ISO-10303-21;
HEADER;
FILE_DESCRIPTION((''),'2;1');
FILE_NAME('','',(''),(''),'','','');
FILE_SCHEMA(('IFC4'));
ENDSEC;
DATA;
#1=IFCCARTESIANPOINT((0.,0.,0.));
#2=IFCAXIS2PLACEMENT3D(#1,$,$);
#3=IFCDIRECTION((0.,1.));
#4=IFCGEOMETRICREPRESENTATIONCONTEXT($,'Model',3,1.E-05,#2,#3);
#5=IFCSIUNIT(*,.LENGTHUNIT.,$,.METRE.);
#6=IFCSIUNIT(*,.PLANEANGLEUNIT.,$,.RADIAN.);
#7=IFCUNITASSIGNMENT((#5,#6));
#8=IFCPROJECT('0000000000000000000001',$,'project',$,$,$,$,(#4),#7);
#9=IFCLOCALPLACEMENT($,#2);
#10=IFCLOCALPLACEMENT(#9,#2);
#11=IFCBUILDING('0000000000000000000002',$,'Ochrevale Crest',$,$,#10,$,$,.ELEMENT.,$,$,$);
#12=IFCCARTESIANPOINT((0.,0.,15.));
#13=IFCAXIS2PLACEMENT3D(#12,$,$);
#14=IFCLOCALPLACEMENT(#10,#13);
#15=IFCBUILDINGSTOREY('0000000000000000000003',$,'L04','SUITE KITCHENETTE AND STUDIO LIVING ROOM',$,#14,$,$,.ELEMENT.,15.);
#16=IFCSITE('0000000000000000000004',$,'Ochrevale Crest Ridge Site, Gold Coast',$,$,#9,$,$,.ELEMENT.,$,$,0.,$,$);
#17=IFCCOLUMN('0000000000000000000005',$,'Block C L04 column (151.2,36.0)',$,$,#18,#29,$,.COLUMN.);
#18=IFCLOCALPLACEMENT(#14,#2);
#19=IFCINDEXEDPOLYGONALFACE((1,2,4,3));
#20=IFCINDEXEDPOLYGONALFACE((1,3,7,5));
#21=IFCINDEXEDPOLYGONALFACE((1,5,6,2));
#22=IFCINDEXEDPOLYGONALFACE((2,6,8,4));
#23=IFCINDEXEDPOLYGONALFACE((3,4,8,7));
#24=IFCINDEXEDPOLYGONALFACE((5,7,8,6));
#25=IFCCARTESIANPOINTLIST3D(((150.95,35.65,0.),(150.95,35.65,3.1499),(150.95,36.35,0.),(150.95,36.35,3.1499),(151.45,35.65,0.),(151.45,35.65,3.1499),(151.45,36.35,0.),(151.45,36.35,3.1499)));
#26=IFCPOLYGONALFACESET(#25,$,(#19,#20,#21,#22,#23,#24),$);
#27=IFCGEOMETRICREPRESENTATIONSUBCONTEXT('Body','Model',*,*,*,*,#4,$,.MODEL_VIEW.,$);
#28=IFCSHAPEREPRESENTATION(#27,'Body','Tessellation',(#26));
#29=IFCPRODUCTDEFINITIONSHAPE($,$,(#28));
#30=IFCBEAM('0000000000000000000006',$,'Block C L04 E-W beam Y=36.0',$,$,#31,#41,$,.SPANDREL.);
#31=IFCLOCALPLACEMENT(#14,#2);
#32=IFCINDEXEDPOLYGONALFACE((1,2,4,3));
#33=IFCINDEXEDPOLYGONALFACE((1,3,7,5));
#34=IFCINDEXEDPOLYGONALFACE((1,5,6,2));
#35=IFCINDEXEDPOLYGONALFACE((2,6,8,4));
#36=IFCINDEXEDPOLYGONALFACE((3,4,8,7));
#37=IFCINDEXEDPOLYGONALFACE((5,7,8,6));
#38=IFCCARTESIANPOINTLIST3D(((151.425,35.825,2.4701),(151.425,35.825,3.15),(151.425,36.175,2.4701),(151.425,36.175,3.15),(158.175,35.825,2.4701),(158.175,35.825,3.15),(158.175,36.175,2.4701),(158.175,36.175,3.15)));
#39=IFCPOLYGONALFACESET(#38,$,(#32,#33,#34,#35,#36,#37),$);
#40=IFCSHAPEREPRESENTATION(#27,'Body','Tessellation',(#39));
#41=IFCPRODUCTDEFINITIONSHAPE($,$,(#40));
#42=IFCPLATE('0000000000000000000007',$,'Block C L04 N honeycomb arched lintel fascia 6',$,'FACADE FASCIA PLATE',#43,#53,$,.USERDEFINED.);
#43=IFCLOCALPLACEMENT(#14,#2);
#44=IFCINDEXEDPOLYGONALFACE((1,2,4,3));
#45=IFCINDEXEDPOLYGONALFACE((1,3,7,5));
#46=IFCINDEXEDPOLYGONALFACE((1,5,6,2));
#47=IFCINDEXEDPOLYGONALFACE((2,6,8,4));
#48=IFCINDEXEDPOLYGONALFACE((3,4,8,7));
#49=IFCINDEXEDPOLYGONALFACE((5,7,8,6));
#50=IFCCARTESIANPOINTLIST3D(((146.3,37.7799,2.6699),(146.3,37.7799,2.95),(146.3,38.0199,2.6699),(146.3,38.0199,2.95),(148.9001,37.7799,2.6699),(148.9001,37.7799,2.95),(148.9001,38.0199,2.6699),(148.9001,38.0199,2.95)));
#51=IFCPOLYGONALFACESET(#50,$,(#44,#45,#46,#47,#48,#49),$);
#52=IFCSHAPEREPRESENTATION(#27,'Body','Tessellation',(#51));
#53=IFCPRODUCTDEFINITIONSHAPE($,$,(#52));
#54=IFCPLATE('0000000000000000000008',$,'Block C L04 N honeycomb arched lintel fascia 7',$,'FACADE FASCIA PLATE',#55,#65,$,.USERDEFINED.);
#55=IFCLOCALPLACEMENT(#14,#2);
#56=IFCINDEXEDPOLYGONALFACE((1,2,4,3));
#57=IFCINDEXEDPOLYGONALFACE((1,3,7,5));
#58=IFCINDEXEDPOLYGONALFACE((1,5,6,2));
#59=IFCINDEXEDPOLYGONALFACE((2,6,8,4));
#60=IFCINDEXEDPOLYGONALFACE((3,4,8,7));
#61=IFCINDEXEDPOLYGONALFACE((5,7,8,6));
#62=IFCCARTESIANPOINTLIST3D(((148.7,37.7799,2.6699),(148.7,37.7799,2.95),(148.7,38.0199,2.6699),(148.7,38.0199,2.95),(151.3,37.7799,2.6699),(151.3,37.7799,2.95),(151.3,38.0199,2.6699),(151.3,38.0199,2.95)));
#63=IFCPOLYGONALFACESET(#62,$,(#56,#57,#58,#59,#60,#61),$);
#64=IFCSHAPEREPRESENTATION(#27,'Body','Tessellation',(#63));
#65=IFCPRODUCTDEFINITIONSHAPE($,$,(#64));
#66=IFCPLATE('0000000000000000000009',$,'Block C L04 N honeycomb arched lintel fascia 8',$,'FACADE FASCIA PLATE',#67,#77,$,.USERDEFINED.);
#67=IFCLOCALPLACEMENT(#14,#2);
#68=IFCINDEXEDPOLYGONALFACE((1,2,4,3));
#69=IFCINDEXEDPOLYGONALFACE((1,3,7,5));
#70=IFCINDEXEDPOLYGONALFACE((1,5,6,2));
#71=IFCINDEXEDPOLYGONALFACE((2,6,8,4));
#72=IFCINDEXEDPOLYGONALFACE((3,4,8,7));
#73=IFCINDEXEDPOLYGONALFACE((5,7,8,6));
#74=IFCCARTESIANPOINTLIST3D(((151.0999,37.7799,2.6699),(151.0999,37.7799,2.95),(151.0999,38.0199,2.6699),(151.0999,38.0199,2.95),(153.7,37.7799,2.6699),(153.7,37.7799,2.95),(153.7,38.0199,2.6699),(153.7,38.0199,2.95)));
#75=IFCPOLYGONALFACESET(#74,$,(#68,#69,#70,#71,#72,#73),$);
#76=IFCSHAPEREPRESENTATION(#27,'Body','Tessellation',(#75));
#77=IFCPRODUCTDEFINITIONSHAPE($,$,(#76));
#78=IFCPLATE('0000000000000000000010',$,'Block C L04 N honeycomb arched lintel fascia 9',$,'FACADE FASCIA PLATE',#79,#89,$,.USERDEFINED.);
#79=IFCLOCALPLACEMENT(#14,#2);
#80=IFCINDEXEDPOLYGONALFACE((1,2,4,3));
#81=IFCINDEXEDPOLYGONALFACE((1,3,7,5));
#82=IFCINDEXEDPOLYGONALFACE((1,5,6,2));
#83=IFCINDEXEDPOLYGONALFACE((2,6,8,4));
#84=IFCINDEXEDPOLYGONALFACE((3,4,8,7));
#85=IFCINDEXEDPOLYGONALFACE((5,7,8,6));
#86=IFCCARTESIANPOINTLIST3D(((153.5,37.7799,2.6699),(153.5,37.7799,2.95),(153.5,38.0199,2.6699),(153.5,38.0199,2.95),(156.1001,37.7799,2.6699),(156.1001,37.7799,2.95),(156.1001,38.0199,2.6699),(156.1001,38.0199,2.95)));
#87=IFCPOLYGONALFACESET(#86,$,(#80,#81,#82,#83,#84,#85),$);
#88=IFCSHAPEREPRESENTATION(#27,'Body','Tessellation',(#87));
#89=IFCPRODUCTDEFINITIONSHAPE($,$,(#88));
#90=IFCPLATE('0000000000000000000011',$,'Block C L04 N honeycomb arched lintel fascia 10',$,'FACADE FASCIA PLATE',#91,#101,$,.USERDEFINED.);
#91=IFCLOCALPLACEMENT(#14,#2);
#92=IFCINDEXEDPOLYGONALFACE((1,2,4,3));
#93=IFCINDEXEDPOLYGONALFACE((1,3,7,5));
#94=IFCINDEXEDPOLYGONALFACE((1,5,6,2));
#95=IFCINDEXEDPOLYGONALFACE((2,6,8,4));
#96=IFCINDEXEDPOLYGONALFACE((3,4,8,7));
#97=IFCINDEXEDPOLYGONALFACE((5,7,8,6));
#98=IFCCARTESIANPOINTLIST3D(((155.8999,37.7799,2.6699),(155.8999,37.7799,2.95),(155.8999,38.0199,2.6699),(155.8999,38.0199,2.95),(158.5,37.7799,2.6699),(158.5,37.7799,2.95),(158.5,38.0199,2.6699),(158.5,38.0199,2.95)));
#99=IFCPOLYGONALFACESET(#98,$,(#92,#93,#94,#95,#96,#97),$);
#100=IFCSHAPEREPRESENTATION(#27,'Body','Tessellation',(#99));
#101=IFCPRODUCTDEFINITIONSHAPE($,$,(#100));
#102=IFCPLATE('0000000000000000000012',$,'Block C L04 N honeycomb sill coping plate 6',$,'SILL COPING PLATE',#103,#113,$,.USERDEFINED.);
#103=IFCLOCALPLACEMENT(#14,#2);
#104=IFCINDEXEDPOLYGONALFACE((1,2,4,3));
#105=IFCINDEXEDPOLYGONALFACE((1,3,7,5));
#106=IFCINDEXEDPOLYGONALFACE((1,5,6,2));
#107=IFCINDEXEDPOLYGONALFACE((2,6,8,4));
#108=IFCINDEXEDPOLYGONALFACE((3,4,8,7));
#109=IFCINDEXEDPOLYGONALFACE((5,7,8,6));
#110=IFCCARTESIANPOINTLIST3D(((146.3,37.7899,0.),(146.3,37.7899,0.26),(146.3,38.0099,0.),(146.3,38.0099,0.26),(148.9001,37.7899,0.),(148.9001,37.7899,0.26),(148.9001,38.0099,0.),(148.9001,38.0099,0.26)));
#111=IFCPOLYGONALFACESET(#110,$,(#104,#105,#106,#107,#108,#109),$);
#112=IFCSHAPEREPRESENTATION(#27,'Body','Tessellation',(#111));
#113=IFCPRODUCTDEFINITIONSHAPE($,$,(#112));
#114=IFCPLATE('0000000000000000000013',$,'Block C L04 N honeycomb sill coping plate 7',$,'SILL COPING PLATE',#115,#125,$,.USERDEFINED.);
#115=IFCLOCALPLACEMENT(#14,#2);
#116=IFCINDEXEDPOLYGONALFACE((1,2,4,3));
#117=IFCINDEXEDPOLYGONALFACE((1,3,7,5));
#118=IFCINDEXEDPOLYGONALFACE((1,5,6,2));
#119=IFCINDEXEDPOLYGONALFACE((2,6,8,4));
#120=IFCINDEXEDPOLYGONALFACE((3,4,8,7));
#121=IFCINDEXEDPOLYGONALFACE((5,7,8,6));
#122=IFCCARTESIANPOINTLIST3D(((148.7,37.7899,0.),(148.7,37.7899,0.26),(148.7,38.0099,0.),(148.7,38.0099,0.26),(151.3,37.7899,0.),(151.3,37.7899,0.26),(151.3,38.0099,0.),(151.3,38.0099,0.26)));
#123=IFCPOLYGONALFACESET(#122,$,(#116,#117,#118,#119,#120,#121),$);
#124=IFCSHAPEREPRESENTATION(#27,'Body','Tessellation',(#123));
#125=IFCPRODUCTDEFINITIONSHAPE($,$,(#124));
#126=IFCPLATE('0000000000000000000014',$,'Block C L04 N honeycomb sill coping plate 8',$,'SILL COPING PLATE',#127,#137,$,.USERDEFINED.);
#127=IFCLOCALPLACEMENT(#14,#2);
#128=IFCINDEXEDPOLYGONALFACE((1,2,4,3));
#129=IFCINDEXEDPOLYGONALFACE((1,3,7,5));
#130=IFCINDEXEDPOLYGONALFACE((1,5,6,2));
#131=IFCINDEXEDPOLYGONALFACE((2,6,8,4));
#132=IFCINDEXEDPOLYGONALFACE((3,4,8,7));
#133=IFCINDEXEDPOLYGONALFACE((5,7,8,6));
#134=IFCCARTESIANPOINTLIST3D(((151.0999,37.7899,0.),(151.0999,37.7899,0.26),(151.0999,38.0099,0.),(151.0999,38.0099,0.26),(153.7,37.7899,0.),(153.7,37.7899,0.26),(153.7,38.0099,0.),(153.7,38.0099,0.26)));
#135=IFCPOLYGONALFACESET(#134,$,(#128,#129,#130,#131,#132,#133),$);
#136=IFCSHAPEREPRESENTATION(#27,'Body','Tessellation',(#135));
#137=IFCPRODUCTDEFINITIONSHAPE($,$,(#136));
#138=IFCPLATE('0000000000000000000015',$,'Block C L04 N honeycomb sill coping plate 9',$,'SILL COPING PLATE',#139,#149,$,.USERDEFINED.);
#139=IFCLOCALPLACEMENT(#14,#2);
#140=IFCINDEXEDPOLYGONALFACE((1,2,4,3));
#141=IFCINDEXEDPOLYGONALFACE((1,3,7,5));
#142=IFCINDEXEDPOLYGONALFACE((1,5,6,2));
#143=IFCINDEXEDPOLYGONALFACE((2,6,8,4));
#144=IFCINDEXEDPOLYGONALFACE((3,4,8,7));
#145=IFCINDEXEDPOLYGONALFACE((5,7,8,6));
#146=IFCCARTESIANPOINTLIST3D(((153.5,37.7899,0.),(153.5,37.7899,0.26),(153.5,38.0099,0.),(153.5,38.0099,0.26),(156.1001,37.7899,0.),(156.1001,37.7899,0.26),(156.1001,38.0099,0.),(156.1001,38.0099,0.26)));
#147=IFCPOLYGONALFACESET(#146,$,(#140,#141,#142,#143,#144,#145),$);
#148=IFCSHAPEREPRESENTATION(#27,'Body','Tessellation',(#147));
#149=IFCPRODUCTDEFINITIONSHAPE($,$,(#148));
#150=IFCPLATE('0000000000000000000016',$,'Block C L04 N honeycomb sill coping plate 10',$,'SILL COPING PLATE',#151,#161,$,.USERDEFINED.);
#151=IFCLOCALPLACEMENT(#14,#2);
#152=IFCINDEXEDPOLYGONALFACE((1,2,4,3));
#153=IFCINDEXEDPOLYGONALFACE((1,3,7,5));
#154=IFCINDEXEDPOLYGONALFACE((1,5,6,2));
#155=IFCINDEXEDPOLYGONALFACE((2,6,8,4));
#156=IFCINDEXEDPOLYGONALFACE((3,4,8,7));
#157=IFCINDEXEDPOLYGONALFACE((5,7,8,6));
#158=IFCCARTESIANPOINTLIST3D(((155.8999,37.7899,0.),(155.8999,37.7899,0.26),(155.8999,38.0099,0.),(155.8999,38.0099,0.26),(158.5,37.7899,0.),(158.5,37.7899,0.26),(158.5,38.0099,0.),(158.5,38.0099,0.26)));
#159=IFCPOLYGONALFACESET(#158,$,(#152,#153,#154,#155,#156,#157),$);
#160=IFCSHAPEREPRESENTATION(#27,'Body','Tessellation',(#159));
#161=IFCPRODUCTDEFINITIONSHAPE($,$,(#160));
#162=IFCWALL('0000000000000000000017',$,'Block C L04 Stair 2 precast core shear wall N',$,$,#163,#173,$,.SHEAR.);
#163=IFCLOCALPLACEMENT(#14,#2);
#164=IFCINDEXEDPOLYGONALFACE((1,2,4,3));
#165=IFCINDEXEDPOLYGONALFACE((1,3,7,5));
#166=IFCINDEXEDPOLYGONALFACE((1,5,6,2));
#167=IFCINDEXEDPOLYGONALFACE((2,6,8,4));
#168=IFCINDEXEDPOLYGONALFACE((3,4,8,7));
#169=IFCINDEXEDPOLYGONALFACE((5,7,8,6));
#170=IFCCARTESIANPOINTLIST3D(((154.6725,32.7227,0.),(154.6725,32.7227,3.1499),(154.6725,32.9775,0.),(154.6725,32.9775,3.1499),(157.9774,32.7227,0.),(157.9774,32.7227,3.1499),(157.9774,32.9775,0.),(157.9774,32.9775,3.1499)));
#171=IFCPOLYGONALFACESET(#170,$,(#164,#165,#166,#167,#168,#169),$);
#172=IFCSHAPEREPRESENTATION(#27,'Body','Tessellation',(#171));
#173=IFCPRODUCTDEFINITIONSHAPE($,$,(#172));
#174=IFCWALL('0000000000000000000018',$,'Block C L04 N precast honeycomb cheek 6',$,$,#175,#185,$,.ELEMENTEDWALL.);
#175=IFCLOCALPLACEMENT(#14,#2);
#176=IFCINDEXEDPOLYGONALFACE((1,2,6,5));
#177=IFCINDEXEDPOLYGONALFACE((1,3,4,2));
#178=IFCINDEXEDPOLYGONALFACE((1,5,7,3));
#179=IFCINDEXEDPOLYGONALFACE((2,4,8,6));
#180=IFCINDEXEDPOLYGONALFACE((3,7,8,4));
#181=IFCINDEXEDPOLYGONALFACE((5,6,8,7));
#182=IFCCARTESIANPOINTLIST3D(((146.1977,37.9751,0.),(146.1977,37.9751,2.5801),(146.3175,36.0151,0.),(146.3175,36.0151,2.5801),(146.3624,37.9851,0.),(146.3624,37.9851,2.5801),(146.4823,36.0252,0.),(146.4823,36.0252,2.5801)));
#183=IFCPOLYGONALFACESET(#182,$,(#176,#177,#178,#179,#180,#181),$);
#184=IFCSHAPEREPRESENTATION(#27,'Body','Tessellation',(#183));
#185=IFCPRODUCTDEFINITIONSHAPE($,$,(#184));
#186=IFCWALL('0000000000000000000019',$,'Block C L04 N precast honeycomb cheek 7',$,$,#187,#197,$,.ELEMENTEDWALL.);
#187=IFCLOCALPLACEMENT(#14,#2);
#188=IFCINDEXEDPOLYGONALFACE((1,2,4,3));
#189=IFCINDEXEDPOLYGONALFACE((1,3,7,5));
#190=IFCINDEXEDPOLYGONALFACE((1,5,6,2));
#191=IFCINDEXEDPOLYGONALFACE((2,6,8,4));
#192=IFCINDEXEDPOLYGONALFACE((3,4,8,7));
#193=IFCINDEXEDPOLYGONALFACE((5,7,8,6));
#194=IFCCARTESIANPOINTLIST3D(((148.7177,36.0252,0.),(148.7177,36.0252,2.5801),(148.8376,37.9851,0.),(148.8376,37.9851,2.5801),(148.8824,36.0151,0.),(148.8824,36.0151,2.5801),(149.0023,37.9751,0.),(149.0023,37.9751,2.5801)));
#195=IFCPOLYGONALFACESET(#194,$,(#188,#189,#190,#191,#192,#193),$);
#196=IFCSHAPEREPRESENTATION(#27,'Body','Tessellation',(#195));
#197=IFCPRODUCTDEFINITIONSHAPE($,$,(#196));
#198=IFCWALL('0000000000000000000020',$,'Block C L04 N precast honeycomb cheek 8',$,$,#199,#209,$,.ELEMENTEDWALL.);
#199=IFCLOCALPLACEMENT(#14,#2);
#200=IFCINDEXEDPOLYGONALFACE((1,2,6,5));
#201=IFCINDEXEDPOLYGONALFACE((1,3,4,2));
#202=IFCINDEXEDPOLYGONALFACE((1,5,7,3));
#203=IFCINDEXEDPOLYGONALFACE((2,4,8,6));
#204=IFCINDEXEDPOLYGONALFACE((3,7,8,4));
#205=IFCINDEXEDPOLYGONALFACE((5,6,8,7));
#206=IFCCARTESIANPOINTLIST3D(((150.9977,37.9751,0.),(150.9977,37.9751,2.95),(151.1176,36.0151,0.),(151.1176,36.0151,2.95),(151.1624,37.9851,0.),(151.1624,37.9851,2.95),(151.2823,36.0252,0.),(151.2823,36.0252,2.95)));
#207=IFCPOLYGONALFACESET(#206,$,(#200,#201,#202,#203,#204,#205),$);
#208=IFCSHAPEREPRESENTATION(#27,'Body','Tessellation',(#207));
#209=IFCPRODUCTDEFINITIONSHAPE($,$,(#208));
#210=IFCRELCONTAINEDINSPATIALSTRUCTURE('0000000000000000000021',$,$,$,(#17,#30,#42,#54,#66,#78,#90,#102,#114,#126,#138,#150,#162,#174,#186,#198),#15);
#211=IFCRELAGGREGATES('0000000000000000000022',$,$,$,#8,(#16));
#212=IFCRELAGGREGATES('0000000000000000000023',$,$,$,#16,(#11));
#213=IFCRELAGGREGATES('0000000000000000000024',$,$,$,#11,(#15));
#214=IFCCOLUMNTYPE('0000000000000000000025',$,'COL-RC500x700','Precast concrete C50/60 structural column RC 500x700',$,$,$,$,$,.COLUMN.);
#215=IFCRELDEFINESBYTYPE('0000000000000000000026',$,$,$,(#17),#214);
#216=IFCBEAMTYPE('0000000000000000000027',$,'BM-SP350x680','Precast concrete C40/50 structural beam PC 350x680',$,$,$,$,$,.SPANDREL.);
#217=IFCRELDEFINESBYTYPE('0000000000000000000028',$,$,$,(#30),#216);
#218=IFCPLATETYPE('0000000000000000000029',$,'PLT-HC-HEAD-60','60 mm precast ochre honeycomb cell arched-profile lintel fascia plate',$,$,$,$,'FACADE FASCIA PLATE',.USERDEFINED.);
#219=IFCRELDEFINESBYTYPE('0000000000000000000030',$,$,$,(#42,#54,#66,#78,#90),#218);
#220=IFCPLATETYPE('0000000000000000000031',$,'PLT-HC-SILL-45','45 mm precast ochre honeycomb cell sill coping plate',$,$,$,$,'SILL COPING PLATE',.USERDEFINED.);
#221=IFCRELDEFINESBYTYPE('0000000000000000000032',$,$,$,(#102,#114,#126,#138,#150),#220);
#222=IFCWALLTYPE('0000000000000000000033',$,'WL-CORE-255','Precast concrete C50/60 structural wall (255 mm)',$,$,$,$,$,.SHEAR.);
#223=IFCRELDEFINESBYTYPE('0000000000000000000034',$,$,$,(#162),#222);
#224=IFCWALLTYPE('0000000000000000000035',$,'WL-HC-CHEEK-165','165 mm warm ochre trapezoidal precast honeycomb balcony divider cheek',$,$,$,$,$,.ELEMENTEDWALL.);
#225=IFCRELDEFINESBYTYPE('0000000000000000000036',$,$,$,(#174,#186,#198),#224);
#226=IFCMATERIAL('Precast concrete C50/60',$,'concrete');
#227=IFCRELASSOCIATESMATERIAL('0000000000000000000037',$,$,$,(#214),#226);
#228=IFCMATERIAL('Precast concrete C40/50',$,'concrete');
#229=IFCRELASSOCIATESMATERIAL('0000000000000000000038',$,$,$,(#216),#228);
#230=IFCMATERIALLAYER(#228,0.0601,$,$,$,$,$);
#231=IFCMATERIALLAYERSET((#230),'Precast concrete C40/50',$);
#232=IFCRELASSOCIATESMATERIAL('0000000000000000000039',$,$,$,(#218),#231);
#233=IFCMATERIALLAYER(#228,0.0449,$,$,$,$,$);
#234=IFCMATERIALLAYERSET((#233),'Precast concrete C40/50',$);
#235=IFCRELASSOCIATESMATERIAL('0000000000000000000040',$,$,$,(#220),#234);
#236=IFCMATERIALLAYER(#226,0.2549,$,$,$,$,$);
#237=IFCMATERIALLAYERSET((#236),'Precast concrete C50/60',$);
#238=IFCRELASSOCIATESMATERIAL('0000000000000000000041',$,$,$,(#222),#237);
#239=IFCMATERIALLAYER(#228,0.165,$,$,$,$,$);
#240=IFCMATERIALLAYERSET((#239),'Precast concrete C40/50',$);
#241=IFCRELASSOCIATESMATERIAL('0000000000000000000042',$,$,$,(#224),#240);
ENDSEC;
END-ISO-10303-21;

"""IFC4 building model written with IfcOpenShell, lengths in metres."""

from ifc_helpers import new_model, si_unit, direction, frame, frame_2d, origin, origin_2d, place, context, subcontext, project, spatial, rectangle, extrude, material, layer, layer_set, material_profile, profile_set, type_object, element, save


model = new_model("IFC4")

# Units and contexts
model_context = context("Model", 3, precision=1e-05, world=origin(), true_north=direction((0.0, 1.0)))
body_context = subcontext(model_context, "Body", "Model", "MODEL_VIEW")
ifc_project = project(units=[si_unit("LENGTHUNIT", "METRE"), si_unit("PLANEANGLEUNIT", "RADIAN")], contexts=[model_context])

# Site, building, storey
site_placement = place(None, origin())
site = spatial("IfcSite", under=ifc_project, at=site_placement, Name="Ochrevale Crest Ridge Site, Gold Coast", CompositionType="ELEMENT", RefElevation=0.0)
building_placement = place(site_placement, origin())
building = spatial("IfcBuilding", under=site, at=building_placement, Name="Ochrevale Crest", CompositionType="ELEMENT")
storey_placement = place(building_placement, frame((0.0, 0.0, 15.0)))
storey = spatial("IfcBuildingStorey", under=building, at=storey_placement, Name="L04", Description="SUITE KITCHENETTE AND STUDIO LIVING ROOM", CompositionType="ELEMENT", Elevation=15.0)

# Column
ifc_material_1 = material(Name="Precast concrete C50/60", Category="concrete")
ifc_material_profile_1 = material_profile(ifc_material_1, rectangle(XDim=0.5, YDim=0.7, at=origin_2d()), Name="RC 500x700")
ifc_profile_set_1 = profile_set([ifc_material_profile_1], Name="Precast concrete C50/60")
column_type = type_object("IfcColumnType", Name="COL-RC500x700", Description="Precast concrete C50/60 structural column RC 500x700", PredefinedType="COLUMN", material=ifc_profile_set_1)
column_placement = place(storey_placement, frame((151.2, 36.0, 0.0), z_axis=(0.0, 0.0, 1.0), x_axis=(1.0, 0.0, 0.0)))
element("IfcColumn", 1, at=column_placement, inside=storey, type_object=column_type, Name="Block C L04 column (151.2,36.0)", PredefinedType="COLUMN", context=body_context, shape_type="SweptSolid", body=[
    extrude(rectangle(XDim=0.5, YDim=0.7, at=origin_2d()), origin(), (0.0, 0.0, 1.0), 3.1499),
])

# Beam
ifc_material_2 = material(Name="Precast concrete C40/50", Category="concrete")
ifc_material_profile_2 = material_profile(ifc_material_2, rectangle(XDim=0.3501, YDim=0.6799, at=origin_2d()), Name="PC 350x680")
ifc_profile_set_2 = profile_set([ifc_material_profile_2], Name="Precast concrete C40/50")
beam_type = type_object("IfcBeamType", Name="BM-SP350x680", Description="Precast concrete C40/50 structural beam PC 350x680", PredefinedType="SPANDREL", material=ifc_profile_set_2)
beam_placement = place(storey_placement, frame((151.425, 36.0, 2.8101), z_axis=(1.0, 0.0, 0.0), x_axis=(0.0, 1.0, 0.0)))
element("IfcBeam", 2, at=beam_placement, inside=storey, type_object=beam_type, Name="Block C L04 E-W beam Y=36.0", PredefinedType="SPANDREL", context=body_context, shape_type="SweptSolid", body=[
    extrude(rectangle(XDim=0.3501, YDim=0.6799, at=origin_2d()), origin(), (0.0, 0.0, 1.0), 6.75),
])

# Plates
ifc_layer_1 = layer(ifc_material_2, 0.0601)
ifc_layer_set_1 = layer_set([ifc_layer_1], Name="Precast concrete C40/50")
plate_type_1 = type_object("IfcPlateType", Name="PLT-HC-HEAD-60", Description="60 mm precast ochre honeycomb cell arched-profile lintel fascia plate", ElementType="FACADE FASCIA PLATE", PredefinedType="USERDEFINED", material=ifc_layer_set_1)
for number, where, z_axis, x_axis, name in (
    (3, (147.6001, 37.8999, 2.6699), (0.0, 0.0, 1.0), (1.0, 0.0, 0.0), "Block C L04 N honeycomb arched lintel fascia 6"),
    (4, (150.0, 37.8999, 2.6699), (0.0, 0.0, 1.0), (1.0, 0.0, 0.0), "Block C L04 N honeycomb arched lintel fascia 7"),
    (5, (152.3999, 37.8999, 2.6699), (0.0, 0.0, 1.0), (1.0, 0.0, 0.0), "Block C L04 N honeycomb arched lintel fascia 8"),
    (6, (154.8, 37.8999, 2.6699), (0.0, 0.0, 1.0), (1.0, 0.0, 0.0), "Block C L04 N honeycomb arched lintel fascia 9"),
    (7, (157.2, 37.8999, 2.6699), (0.0, 0.0, 1.0), (1.0, 0.0, 0.0), "Block C L04 N honeycomb arched lintel fascia 10"),
):
    element("IfcPlate", number, at=place(storey_placement, frame(where, z_axis=z_axis, x_axis=x_axis)), inside=storey, type_object=plate_type_1, Name=name, ObjectType="FACADE FASCIA PLATE", PredefinedType="USERDEFINED", context=body_context, shape_type="SweptSolid", body=[
        extrude(rectangle(XDim=2.6001, YDim=0.24, at=origin_2d()), origin(), (0.0, 0.0, 1.0), 0.28),
    ])
ifc_layer_2 = layer(ifc_material_2, 0.0449)
ifc_layer_set_2 = layer_set([ifc_layer_2], Name="Precast concrete C40/50")
plate_type_2 = type_object("IfcPlateType", Name="PLT-HC-SILL-45", Description="45 mm precast ochre honeycomb cell sill coping plate", ElementType="SILL COPING PLATE", PredefinedType="USERDEFINED", material=ifc_layer_set_2)
for number, where, z_axis, x_axis, name in (
    (8, (147.6001, 37.8999, 0.0), (0.0, 0.0, 1.0), (1.0, 0.0, 0.0), "Block C L04 N honeycomb sill coping plate 6"),
    (9, (150.0, 37.8999, 0.0), (0.0, 0.0, 1.0), (1.0, 0.0, 0.0), "Block C L04 N honeycomb sill coping plate 7"),
    (10, (152.3999, 37.8999, 0.0), (0.0, 0.0, 1.0), (1.0, 0.0, 0.0), "Block C L04 N honeycomb sill coping plate 8"),
    (11, (154.8, 37.8999, 0.0), (0.0, 0.0, 1.0), (1.0, 0.0, 0.0), "Block C L04 N honeycomb sill coping plate 9"),
    (12, (157.2, 37.8999, 0.0), (0.0, 0.0, 1.0), (1.0, 0.0, 0.0), "Block C L04 N honeycomb sill coping plate 10"),
):
    element("IfcPlate", number, at=place(storey_placement, frame(where, z_axis=z_axis, x_axis=x_axis)), inside=storey, type_object=plate_type_2, Name=name, ObjectType="SILL COPING PLATE", PredefinedType="USERDEFINED", context=body_context, shape_type="SweptSolid", body=[
        extrude(rectangle(XDim=2.6001, YDim=0.22, at=origin_2d()), origin(), (0.0, 0.0, 1.0), 0.26),
    ])

# Walls
ifc_layer_3 = layer(ifc_material_1, 0.2549)
ifc_layer_set_3 = layer_set([ifc_layer_3], Name="Precast concrete C50/60")
wall_type_1 = type_object("IfcWallType", Name="WL-CORE-255", Description="Precast concrete C50/60 structural wall (255 mm)", PredefinedType="SHEAR", material=ifc_layer_set_3)
wall_1_placement = place(storey_placement, frame((154.6726, 32.8501, 0.0), z_axis=(0.0, 0.0, 1.0), x_axis=(1.0, 0.0, 0.0)))
element("IfcWall", 13, at=wall_1_placement, inside=storey, type_object=wall_type_1, Name="Block C L04 Stair 2 precast core shear wall N", PredefinedType="SHEAR", context=body_context, shape_type="SweptSolid", body=[
    extrude(rectangle(XDim=3.3049, YDim=0.2549, at=frame_2d((1.6523, 0.0))), origin(), (0.0, 0.0, 1.0), 3.1499),
])
ifc_layer_4 = layer(ifc_material_2, 0.165)
ifc_layer_set_4 = layer_set([ifc_layer_4], Name="Precast concrete C40/50")
wall_type_2 = type_object("IfcWallType", Name="WL-HC-CHEEK-165", Description="165 mm warm ochre trapezoidal precast honeycomb balcony divider cheek", PredefinedType="ELEMENTEDWALL", material=ifc_layer_set_4)
for number, where, z_axis, x_axis, name in (
    (14, (146.3999, 36.02, 0.0), (0.0, 0.0, 1.0), (-0.061047, 0.998135, 0.0), "Block C L04 N precast honeycomb cheek 6"),
    (15, (148.8, 36.02, 0.0), (0.0, 0.0, 1.0), (0.061047, 0.998135, 0.0), "Block C L04 N precast honeycomb cheek 7"),
):
    element("IfcWall", number, at=place(storey_placement, frame(where, z_axis=z_axis, x_axis=x_axis)), inside=storey, type_object=wall_type_2, Name=name, PredefinedType="ELEMENTEDWALL", context=body_context, shape_type="SweptSolid", body=[
        extrude(rectangle(XDim=1.9636, YDim=0.165, at=frame_2d((0.9819, 0.0))), origin(), (0.0, 0.0, 1.0), 2.5801),
    ])
wall_2_placement = place(storey_placement, frame((151.2, 36.02, 0.0), z_axis=(0.0, 0.0, 1.0), x_axis=(-0.061047, 0.998135, 0.0)))
element("IfcWall", 16, at=wall_2_placement, inside=storey, type_object=wall_type_2, Name="Block C L04 N precast honeycomb cheek 8", PredefinedType="ELEMENTEDWALL", context=body_context, shape_type="SweptSolid", body=[
    extrude(rectangle(XDim=1.9636, YDim=0.165, at=frame_2d((0.9819, 0.0))), origin(), (0.0, 0.0, 1.0), 2.95),
])

save(model, "model.ifc")
